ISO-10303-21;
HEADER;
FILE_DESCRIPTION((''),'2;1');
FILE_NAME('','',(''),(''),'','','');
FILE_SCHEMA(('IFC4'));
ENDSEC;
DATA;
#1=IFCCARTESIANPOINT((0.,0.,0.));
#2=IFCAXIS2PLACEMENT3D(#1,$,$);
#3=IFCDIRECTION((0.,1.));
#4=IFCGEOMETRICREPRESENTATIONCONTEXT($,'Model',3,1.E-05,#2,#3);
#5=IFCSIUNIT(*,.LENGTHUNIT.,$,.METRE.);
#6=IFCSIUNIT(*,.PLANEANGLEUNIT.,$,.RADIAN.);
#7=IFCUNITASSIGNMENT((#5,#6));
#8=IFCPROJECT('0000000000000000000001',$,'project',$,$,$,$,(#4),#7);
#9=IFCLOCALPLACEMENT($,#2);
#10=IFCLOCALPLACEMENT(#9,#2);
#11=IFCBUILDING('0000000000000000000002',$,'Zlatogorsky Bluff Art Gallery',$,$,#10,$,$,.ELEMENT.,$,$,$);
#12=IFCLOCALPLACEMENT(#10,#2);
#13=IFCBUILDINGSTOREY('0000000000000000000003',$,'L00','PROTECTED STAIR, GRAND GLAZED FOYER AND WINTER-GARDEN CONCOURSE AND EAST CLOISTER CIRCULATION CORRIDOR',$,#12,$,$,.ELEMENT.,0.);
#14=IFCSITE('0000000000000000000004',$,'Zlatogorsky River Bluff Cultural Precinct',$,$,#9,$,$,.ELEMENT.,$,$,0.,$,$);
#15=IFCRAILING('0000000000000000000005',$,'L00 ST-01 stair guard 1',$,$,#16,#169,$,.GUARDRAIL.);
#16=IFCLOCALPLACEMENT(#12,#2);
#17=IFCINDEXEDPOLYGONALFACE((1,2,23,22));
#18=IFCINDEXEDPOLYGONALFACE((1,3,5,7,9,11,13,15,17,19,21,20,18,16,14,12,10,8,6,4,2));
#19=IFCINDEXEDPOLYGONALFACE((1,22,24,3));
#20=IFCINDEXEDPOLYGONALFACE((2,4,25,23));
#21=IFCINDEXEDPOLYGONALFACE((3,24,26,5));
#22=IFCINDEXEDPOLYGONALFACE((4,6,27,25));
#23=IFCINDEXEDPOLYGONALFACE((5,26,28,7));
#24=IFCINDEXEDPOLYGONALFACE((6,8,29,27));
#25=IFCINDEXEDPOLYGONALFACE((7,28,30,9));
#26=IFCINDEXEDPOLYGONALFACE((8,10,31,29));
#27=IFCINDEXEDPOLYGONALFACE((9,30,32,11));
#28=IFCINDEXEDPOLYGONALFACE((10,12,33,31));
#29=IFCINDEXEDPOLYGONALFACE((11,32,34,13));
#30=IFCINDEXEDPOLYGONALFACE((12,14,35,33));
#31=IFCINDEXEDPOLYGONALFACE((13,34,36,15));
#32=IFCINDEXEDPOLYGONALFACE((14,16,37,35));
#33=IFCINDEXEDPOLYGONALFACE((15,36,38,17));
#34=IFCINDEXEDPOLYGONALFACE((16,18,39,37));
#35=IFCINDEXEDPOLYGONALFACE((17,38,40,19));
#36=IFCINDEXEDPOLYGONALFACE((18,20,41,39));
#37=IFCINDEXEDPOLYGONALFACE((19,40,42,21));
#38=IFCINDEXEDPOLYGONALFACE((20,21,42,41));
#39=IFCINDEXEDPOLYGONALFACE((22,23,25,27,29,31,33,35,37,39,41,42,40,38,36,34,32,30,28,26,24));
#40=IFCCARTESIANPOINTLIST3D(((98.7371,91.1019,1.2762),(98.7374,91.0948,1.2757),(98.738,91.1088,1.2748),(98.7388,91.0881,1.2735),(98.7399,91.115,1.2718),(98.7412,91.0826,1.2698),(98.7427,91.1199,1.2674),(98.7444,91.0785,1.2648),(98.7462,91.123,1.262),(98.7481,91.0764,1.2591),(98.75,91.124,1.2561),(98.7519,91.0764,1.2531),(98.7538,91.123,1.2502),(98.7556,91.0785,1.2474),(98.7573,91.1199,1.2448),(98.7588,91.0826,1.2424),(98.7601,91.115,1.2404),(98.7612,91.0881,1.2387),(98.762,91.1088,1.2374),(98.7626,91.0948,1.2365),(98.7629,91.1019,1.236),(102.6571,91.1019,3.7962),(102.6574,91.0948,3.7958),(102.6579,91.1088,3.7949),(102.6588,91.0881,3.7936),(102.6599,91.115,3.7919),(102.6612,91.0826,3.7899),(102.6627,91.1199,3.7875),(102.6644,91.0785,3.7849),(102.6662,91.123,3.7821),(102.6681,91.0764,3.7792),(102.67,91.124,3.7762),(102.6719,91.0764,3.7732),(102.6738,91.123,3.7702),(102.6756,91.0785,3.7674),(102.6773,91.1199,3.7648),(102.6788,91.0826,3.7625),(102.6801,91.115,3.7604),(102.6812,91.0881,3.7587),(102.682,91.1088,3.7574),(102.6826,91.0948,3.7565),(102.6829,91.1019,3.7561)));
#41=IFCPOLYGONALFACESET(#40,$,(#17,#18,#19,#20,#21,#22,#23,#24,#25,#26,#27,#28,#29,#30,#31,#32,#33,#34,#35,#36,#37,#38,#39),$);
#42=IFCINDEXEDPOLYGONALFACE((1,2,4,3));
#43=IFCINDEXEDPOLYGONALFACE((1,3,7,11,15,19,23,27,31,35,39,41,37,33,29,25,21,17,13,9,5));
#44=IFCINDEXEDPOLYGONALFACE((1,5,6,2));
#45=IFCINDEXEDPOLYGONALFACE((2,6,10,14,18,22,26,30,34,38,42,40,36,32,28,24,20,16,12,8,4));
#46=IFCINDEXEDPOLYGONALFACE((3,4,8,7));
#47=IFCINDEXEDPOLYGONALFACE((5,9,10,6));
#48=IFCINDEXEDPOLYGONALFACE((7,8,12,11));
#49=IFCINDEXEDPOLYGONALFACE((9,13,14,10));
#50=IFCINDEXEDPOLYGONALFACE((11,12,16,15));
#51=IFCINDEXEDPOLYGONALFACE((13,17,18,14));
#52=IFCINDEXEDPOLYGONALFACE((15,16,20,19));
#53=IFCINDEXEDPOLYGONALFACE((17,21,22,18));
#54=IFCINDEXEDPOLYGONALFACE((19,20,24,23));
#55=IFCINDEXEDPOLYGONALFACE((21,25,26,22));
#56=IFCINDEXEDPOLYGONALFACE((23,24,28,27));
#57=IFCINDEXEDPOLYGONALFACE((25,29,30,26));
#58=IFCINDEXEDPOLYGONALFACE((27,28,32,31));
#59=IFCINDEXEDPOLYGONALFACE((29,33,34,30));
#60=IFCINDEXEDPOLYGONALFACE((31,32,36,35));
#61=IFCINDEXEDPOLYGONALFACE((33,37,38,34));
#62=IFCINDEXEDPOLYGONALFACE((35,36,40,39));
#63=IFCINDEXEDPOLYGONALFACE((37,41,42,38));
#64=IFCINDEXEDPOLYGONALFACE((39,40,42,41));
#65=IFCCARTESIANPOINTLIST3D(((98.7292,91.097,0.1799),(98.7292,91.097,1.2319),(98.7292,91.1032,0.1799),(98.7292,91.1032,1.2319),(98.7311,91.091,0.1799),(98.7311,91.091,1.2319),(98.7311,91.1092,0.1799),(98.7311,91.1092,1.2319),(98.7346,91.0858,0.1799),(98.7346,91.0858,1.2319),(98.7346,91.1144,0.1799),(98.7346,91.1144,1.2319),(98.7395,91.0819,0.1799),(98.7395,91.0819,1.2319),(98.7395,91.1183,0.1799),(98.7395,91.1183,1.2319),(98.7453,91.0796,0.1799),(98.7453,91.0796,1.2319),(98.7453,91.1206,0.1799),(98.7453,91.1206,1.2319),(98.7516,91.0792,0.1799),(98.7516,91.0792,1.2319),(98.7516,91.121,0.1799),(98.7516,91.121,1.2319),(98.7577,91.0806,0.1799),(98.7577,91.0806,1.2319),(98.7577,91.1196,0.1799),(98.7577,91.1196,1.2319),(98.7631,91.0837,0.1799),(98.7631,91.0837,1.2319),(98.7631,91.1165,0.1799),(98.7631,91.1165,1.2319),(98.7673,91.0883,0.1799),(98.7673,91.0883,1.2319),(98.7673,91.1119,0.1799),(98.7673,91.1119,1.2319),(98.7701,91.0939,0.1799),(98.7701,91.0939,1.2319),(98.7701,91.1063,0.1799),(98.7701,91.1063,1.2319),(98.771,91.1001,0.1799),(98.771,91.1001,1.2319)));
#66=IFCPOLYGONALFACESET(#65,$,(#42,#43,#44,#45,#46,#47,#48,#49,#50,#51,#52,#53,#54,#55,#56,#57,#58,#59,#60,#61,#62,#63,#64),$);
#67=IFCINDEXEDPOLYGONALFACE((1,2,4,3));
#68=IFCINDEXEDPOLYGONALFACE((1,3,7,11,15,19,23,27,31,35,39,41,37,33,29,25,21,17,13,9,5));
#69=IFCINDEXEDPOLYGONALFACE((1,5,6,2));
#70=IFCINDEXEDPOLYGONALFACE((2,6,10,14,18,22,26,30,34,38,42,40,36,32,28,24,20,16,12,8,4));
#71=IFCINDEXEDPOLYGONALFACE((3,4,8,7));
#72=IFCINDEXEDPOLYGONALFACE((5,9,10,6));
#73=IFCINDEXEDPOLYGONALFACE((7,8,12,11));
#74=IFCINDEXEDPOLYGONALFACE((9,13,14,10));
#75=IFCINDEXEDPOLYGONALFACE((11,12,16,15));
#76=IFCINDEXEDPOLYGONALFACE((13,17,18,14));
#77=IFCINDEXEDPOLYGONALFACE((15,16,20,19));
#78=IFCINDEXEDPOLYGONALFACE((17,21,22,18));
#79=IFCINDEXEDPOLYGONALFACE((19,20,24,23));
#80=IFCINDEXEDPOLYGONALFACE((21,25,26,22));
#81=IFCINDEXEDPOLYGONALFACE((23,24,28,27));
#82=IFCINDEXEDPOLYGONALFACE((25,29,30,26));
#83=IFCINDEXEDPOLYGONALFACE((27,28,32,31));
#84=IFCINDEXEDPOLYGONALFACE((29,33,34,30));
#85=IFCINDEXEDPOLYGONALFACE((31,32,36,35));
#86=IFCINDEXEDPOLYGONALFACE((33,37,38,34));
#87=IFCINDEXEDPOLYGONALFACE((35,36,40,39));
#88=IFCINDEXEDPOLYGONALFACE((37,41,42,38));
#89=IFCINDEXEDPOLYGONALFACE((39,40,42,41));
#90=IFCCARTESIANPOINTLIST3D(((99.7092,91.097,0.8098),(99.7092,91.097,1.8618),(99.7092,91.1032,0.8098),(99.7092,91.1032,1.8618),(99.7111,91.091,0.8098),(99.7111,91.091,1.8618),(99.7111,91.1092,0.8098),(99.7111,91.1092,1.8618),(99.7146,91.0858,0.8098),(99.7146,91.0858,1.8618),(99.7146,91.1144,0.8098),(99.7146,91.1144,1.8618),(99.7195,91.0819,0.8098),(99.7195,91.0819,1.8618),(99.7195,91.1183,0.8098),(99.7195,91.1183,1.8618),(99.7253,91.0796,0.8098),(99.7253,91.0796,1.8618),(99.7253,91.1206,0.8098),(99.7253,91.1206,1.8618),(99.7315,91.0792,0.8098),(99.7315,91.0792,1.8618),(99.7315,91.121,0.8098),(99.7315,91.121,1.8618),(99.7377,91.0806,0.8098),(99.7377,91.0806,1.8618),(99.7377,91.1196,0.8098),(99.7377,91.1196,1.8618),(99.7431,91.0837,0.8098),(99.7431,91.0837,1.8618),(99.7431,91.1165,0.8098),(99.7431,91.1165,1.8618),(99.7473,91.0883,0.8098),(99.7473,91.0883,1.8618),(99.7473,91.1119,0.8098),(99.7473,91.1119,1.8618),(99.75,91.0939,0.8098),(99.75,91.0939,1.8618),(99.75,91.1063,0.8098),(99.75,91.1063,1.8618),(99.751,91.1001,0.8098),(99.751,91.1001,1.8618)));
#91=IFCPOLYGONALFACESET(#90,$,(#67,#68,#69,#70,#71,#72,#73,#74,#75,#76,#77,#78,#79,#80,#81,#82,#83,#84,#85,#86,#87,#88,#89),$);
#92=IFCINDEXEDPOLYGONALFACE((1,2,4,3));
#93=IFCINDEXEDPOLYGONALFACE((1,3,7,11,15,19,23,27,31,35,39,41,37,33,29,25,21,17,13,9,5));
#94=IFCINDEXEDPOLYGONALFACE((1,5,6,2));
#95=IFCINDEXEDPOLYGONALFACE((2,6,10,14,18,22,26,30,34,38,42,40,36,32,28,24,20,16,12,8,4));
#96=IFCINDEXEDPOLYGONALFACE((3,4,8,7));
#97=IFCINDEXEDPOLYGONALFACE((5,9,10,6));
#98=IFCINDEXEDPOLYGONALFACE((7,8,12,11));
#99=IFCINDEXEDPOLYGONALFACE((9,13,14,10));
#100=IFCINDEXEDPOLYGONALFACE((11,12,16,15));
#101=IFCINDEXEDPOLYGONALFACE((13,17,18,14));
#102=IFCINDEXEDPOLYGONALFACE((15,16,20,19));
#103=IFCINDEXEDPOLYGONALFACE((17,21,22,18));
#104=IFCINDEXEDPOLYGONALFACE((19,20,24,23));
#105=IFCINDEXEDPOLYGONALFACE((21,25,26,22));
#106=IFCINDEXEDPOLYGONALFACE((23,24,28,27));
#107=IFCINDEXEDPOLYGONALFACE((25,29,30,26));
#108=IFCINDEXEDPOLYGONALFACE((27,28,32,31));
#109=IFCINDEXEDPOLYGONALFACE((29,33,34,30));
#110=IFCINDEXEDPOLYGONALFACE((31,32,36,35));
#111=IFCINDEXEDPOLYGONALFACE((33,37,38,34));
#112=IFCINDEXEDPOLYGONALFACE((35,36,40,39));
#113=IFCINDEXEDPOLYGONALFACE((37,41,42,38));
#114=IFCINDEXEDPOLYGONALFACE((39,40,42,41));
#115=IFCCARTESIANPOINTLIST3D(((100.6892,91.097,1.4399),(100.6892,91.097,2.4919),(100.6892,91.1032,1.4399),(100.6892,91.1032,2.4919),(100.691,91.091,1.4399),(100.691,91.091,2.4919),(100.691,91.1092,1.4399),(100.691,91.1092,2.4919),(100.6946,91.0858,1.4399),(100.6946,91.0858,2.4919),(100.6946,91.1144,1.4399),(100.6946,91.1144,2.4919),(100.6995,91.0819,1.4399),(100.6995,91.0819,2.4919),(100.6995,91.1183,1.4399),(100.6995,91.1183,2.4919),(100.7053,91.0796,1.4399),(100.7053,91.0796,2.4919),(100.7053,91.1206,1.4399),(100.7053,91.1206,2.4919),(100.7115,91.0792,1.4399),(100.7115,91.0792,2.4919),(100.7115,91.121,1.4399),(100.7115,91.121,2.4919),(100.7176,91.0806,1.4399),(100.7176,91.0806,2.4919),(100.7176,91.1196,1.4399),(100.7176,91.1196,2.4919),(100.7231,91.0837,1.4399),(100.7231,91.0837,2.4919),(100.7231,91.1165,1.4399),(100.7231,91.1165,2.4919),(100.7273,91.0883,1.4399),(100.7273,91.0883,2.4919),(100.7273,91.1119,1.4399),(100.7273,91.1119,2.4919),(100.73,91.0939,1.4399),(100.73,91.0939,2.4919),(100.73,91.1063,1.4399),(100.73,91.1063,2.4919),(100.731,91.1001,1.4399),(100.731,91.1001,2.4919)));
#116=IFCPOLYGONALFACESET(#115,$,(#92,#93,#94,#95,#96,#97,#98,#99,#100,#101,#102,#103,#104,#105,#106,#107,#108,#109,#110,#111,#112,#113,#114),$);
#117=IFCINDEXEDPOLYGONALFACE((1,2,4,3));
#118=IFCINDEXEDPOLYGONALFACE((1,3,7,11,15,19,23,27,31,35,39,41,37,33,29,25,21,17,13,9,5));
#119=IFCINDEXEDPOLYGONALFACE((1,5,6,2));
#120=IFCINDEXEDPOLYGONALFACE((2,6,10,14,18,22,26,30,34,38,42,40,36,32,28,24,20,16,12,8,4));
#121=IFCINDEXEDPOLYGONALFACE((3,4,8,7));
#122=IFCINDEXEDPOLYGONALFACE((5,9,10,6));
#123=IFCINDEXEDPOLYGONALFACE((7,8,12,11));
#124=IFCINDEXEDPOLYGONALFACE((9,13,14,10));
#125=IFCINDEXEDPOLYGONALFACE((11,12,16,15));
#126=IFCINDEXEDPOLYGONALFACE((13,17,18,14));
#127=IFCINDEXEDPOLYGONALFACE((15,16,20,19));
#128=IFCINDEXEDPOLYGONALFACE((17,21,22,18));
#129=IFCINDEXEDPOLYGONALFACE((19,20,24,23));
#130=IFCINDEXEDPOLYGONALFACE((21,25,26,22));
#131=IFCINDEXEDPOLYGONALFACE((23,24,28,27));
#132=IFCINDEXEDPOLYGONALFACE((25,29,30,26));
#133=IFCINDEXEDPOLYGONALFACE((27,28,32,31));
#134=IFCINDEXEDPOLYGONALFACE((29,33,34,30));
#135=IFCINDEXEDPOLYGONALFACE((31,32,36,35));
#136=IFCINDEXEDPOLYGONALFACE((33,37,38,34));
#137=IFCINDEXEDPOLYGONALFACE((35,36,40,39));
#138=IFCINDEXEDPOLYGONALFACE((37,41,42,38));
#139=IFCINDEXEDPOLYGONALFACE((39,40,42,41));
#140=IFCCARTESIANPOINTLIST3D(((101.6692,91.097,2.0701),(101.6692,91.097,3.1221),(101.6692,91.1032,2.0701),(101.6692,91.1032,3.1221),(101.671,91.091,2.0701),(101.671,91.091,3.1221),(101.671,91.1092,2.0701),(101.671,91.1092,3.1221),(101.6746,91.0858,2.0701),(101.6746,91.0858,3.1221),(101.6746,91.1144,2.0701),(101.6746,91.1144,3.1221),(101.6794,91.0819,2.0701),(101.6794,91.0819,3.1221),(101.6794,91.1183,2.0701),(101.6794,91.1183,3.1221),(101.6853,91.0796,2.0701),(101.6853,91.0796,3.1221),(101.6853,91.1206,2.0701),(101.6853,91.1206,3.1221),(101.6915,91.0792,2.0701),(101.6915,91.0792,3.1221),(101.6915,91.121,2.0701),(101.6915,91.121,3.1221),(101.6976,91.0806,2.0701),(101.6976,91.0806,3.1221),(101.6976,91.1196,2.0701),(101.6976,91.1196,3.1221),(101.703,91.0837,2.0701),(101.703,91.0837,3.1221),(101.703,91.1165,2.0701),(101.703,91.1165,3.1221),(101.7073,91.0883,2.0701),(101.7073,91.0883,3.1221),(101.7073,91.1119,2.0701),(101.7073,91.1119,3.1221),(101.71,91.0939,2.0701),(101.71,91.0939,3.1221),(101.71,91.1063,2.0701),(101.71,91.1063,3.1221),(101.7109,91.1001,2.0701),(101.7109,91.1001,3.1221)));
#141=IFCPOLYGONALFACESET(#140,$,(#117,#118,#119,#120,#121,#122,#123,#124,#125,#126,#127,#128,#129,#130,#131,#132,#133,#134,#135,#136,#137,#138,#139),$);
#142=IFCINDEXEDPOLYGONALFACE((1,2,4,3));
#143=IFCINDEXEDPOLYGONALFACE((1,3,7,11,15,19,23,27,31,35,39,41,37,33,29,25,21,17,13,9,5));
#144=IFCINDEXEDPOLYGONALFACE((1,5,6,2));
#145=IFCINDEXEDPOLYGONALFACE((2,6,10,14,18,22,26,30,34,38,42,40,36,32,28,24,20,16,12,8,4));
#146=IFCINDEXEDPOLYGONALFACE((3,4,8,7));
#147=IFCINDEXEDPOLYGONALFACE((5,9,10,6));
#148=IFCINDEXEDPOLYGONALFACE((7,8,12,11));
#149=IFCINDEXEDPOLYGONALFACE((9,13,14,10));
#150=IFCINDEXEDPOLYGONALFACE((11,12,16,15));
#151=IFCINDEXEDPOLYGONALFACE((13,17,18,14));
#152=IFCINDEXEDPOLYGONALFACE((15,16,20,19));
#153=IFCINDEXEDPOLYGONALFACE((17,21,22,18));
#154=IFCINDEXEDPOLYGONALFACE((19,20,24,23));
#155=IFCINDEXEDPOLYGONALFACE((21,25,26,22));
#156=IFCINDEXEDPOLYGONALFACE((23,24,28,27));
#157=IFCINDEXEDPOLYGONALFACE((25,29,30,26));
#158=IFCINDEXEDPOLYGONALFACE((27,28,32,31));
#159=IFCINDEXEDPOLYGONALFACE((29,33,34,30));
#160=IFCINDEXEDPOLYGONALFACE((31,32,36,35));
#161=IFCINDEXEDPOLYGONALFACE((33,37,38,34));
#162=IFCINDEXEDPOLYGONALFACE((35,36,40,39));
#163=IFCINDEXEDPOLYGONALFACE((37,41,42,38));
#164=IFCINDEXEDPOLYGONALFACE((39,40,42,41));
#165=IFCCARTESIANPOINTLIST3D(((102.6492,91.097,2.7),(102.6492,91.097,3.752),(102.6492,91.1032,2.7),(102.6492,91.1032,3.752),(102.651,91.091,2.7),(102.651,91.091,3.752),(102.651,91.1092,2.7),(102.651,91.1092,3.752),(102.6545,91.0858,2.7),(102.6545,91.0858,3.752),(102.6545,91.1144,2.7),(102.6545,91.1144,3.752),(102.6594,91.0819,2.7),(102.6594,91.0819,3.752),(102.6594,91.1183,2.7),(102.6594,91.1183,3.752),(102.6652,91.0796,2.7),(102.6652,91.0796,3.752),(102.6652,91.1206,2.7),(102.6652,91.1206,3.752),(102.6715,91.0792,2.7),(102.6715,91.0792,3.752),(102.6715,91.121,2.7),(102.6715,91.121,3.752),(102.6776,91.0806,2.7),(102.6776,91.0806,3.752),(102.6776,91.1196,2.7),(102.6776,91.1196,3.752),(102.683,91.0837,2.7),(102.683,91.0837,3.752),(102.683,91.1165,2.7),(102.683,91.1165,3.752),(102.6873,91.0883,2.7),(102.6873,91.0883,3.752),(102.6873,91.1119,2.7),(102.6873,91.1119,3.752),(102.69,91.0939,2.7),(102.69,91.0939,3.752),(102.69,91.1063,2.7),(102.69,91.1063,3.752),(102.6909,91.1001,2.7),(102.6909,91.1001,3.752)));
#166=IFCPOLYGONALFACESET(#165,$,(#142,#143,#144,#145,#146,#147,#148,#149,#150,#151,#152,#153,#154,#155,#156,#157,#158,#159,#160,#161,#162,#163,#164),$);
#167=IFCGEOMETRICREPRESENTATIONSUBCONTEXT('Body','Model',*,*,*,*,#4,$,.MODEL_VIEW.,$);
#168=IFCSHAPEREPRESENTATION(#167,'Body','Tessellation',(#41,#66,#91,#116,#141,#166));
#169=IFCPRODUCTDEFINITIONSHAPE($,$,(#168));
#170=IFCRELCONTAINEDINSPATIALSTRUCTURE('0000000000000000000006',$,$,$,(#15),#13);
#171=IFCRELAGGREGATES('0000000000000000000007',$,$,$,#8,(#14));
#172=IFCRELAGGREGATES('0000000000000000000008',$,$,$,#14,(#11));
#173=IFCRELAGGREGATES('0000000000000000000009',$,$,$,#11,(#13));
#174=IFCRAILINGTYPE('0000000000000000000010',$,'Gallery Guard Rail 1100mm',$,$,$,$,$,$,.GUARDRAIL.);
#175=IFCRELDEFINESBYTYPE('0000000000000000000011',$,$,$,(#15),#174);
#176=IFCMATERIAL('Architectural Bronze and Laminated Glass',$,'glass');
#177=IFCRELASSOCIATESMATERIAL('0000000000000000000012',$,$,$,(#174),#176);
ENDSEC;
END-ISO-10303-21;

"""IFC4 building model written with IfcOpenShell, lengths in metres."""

from ifc_helpers import new_model, si_unit, direction, frame, origin, origin_2d, place, context, subcontext, project, spatial, circle, extrude, material, type_object, element, save


model = new_model("IFC4")

# Units and contexts
model_context = context("Model", 3, precision=1e-05, world=origin(), true_north=direction((0.0, 1.0)))
body_context = subcontext(model_context, "Body", "Model", "MODEL_VIEW")
ifc_project = project(units=[si_unit("LENGTHUNIT", "METRE"), si_unit("PLANEANGLEUNIT", "RADIAN")], contexts=[model_context])

# Site, building, storey
site_placement = place(None, origin())
site = spatial("IfcSite", under=ifc_project, at=site_placement, Name="Zlatogorsky River Bluff Cultural Precinct", CompositionType="ELEMENT", RefElevation=0.0)
building_placement = place(site_placement, origin())
building = spatial("IfcBuilding", under=site, at=building_placement, Name="Zlatogorsky Bluff Art Gallery", CompositionType="ELEMENT")
storey_placement = place(building_placement, origin())
storey = spatial("IfcBuildingStorey", under=building, at=storey_placement, Name="L00", Description="PROTECTED STAIR, GRAND GLAZED FOYER AND WINTER-GARDEN CONCOURSE AND EAST CLOISTER CIRCULATION CORRIDOR", CompositionType="ELEMENT", Elevation=0.0)

# Railing
ifc_material_1 = material(Name="Architectural Bronze and Laminated Glass", Category="glass")
railing_type = type_object("IfcRailingType", Name="Gallery Guard Rail 1100mm", PredefinedType="GUARDRAIL", material=ifc_material_1)
railing_1_placement = place(storey_placement, frame((98.75, 91.1001, 0.1799)))
element("IfcRailing", 1, at=railing_1_placement, inside=storey, type_object=railing_type, Name="L00 ST-01 stair guard 1", PredefinedType="GUARDRAIL", context=body_context, shape_type="SweptSolid", body=[
    extrude(circle(Radius=0.0239, at=origin_2d()), frame((0.0, 0.0, 1.0762), z_axis=(0.841172, 0.0, 0.540768), x_axis=(0.0, 1.0, 0.0)), (0.0, 0.0, 1.0), 4.6602),
    extrude(circle(Radius=0.021, at=origin_2d()), origin(), (0.0, 0.0, 1.0), 1.052),
    extrude(circle(Radius=0.021, at=origin_2d()), frame((0.98, 0.0, 0.6299)), (0.0, 0.0, 1.0), 1.052),
    extrude(circle(Radius=0.021, at=origin_2d()), frame((1.96, 0.0, 1.26)), (0.0, 0.0, 1.0), 1.052),
    extrude(circle(Radius=0.021, at=origin_2d()), frame((2.9399, 0.0, 1.8901)), (0.0, 0.0, 1.0), 1.052),
    extrude(circle(Radius=0.021, at=origin_2d()), frame((3.9199, 0.0, 2.52)), (0.0, 0.0, 1.0), 1.052),
])

save(model, "model.ifc")
